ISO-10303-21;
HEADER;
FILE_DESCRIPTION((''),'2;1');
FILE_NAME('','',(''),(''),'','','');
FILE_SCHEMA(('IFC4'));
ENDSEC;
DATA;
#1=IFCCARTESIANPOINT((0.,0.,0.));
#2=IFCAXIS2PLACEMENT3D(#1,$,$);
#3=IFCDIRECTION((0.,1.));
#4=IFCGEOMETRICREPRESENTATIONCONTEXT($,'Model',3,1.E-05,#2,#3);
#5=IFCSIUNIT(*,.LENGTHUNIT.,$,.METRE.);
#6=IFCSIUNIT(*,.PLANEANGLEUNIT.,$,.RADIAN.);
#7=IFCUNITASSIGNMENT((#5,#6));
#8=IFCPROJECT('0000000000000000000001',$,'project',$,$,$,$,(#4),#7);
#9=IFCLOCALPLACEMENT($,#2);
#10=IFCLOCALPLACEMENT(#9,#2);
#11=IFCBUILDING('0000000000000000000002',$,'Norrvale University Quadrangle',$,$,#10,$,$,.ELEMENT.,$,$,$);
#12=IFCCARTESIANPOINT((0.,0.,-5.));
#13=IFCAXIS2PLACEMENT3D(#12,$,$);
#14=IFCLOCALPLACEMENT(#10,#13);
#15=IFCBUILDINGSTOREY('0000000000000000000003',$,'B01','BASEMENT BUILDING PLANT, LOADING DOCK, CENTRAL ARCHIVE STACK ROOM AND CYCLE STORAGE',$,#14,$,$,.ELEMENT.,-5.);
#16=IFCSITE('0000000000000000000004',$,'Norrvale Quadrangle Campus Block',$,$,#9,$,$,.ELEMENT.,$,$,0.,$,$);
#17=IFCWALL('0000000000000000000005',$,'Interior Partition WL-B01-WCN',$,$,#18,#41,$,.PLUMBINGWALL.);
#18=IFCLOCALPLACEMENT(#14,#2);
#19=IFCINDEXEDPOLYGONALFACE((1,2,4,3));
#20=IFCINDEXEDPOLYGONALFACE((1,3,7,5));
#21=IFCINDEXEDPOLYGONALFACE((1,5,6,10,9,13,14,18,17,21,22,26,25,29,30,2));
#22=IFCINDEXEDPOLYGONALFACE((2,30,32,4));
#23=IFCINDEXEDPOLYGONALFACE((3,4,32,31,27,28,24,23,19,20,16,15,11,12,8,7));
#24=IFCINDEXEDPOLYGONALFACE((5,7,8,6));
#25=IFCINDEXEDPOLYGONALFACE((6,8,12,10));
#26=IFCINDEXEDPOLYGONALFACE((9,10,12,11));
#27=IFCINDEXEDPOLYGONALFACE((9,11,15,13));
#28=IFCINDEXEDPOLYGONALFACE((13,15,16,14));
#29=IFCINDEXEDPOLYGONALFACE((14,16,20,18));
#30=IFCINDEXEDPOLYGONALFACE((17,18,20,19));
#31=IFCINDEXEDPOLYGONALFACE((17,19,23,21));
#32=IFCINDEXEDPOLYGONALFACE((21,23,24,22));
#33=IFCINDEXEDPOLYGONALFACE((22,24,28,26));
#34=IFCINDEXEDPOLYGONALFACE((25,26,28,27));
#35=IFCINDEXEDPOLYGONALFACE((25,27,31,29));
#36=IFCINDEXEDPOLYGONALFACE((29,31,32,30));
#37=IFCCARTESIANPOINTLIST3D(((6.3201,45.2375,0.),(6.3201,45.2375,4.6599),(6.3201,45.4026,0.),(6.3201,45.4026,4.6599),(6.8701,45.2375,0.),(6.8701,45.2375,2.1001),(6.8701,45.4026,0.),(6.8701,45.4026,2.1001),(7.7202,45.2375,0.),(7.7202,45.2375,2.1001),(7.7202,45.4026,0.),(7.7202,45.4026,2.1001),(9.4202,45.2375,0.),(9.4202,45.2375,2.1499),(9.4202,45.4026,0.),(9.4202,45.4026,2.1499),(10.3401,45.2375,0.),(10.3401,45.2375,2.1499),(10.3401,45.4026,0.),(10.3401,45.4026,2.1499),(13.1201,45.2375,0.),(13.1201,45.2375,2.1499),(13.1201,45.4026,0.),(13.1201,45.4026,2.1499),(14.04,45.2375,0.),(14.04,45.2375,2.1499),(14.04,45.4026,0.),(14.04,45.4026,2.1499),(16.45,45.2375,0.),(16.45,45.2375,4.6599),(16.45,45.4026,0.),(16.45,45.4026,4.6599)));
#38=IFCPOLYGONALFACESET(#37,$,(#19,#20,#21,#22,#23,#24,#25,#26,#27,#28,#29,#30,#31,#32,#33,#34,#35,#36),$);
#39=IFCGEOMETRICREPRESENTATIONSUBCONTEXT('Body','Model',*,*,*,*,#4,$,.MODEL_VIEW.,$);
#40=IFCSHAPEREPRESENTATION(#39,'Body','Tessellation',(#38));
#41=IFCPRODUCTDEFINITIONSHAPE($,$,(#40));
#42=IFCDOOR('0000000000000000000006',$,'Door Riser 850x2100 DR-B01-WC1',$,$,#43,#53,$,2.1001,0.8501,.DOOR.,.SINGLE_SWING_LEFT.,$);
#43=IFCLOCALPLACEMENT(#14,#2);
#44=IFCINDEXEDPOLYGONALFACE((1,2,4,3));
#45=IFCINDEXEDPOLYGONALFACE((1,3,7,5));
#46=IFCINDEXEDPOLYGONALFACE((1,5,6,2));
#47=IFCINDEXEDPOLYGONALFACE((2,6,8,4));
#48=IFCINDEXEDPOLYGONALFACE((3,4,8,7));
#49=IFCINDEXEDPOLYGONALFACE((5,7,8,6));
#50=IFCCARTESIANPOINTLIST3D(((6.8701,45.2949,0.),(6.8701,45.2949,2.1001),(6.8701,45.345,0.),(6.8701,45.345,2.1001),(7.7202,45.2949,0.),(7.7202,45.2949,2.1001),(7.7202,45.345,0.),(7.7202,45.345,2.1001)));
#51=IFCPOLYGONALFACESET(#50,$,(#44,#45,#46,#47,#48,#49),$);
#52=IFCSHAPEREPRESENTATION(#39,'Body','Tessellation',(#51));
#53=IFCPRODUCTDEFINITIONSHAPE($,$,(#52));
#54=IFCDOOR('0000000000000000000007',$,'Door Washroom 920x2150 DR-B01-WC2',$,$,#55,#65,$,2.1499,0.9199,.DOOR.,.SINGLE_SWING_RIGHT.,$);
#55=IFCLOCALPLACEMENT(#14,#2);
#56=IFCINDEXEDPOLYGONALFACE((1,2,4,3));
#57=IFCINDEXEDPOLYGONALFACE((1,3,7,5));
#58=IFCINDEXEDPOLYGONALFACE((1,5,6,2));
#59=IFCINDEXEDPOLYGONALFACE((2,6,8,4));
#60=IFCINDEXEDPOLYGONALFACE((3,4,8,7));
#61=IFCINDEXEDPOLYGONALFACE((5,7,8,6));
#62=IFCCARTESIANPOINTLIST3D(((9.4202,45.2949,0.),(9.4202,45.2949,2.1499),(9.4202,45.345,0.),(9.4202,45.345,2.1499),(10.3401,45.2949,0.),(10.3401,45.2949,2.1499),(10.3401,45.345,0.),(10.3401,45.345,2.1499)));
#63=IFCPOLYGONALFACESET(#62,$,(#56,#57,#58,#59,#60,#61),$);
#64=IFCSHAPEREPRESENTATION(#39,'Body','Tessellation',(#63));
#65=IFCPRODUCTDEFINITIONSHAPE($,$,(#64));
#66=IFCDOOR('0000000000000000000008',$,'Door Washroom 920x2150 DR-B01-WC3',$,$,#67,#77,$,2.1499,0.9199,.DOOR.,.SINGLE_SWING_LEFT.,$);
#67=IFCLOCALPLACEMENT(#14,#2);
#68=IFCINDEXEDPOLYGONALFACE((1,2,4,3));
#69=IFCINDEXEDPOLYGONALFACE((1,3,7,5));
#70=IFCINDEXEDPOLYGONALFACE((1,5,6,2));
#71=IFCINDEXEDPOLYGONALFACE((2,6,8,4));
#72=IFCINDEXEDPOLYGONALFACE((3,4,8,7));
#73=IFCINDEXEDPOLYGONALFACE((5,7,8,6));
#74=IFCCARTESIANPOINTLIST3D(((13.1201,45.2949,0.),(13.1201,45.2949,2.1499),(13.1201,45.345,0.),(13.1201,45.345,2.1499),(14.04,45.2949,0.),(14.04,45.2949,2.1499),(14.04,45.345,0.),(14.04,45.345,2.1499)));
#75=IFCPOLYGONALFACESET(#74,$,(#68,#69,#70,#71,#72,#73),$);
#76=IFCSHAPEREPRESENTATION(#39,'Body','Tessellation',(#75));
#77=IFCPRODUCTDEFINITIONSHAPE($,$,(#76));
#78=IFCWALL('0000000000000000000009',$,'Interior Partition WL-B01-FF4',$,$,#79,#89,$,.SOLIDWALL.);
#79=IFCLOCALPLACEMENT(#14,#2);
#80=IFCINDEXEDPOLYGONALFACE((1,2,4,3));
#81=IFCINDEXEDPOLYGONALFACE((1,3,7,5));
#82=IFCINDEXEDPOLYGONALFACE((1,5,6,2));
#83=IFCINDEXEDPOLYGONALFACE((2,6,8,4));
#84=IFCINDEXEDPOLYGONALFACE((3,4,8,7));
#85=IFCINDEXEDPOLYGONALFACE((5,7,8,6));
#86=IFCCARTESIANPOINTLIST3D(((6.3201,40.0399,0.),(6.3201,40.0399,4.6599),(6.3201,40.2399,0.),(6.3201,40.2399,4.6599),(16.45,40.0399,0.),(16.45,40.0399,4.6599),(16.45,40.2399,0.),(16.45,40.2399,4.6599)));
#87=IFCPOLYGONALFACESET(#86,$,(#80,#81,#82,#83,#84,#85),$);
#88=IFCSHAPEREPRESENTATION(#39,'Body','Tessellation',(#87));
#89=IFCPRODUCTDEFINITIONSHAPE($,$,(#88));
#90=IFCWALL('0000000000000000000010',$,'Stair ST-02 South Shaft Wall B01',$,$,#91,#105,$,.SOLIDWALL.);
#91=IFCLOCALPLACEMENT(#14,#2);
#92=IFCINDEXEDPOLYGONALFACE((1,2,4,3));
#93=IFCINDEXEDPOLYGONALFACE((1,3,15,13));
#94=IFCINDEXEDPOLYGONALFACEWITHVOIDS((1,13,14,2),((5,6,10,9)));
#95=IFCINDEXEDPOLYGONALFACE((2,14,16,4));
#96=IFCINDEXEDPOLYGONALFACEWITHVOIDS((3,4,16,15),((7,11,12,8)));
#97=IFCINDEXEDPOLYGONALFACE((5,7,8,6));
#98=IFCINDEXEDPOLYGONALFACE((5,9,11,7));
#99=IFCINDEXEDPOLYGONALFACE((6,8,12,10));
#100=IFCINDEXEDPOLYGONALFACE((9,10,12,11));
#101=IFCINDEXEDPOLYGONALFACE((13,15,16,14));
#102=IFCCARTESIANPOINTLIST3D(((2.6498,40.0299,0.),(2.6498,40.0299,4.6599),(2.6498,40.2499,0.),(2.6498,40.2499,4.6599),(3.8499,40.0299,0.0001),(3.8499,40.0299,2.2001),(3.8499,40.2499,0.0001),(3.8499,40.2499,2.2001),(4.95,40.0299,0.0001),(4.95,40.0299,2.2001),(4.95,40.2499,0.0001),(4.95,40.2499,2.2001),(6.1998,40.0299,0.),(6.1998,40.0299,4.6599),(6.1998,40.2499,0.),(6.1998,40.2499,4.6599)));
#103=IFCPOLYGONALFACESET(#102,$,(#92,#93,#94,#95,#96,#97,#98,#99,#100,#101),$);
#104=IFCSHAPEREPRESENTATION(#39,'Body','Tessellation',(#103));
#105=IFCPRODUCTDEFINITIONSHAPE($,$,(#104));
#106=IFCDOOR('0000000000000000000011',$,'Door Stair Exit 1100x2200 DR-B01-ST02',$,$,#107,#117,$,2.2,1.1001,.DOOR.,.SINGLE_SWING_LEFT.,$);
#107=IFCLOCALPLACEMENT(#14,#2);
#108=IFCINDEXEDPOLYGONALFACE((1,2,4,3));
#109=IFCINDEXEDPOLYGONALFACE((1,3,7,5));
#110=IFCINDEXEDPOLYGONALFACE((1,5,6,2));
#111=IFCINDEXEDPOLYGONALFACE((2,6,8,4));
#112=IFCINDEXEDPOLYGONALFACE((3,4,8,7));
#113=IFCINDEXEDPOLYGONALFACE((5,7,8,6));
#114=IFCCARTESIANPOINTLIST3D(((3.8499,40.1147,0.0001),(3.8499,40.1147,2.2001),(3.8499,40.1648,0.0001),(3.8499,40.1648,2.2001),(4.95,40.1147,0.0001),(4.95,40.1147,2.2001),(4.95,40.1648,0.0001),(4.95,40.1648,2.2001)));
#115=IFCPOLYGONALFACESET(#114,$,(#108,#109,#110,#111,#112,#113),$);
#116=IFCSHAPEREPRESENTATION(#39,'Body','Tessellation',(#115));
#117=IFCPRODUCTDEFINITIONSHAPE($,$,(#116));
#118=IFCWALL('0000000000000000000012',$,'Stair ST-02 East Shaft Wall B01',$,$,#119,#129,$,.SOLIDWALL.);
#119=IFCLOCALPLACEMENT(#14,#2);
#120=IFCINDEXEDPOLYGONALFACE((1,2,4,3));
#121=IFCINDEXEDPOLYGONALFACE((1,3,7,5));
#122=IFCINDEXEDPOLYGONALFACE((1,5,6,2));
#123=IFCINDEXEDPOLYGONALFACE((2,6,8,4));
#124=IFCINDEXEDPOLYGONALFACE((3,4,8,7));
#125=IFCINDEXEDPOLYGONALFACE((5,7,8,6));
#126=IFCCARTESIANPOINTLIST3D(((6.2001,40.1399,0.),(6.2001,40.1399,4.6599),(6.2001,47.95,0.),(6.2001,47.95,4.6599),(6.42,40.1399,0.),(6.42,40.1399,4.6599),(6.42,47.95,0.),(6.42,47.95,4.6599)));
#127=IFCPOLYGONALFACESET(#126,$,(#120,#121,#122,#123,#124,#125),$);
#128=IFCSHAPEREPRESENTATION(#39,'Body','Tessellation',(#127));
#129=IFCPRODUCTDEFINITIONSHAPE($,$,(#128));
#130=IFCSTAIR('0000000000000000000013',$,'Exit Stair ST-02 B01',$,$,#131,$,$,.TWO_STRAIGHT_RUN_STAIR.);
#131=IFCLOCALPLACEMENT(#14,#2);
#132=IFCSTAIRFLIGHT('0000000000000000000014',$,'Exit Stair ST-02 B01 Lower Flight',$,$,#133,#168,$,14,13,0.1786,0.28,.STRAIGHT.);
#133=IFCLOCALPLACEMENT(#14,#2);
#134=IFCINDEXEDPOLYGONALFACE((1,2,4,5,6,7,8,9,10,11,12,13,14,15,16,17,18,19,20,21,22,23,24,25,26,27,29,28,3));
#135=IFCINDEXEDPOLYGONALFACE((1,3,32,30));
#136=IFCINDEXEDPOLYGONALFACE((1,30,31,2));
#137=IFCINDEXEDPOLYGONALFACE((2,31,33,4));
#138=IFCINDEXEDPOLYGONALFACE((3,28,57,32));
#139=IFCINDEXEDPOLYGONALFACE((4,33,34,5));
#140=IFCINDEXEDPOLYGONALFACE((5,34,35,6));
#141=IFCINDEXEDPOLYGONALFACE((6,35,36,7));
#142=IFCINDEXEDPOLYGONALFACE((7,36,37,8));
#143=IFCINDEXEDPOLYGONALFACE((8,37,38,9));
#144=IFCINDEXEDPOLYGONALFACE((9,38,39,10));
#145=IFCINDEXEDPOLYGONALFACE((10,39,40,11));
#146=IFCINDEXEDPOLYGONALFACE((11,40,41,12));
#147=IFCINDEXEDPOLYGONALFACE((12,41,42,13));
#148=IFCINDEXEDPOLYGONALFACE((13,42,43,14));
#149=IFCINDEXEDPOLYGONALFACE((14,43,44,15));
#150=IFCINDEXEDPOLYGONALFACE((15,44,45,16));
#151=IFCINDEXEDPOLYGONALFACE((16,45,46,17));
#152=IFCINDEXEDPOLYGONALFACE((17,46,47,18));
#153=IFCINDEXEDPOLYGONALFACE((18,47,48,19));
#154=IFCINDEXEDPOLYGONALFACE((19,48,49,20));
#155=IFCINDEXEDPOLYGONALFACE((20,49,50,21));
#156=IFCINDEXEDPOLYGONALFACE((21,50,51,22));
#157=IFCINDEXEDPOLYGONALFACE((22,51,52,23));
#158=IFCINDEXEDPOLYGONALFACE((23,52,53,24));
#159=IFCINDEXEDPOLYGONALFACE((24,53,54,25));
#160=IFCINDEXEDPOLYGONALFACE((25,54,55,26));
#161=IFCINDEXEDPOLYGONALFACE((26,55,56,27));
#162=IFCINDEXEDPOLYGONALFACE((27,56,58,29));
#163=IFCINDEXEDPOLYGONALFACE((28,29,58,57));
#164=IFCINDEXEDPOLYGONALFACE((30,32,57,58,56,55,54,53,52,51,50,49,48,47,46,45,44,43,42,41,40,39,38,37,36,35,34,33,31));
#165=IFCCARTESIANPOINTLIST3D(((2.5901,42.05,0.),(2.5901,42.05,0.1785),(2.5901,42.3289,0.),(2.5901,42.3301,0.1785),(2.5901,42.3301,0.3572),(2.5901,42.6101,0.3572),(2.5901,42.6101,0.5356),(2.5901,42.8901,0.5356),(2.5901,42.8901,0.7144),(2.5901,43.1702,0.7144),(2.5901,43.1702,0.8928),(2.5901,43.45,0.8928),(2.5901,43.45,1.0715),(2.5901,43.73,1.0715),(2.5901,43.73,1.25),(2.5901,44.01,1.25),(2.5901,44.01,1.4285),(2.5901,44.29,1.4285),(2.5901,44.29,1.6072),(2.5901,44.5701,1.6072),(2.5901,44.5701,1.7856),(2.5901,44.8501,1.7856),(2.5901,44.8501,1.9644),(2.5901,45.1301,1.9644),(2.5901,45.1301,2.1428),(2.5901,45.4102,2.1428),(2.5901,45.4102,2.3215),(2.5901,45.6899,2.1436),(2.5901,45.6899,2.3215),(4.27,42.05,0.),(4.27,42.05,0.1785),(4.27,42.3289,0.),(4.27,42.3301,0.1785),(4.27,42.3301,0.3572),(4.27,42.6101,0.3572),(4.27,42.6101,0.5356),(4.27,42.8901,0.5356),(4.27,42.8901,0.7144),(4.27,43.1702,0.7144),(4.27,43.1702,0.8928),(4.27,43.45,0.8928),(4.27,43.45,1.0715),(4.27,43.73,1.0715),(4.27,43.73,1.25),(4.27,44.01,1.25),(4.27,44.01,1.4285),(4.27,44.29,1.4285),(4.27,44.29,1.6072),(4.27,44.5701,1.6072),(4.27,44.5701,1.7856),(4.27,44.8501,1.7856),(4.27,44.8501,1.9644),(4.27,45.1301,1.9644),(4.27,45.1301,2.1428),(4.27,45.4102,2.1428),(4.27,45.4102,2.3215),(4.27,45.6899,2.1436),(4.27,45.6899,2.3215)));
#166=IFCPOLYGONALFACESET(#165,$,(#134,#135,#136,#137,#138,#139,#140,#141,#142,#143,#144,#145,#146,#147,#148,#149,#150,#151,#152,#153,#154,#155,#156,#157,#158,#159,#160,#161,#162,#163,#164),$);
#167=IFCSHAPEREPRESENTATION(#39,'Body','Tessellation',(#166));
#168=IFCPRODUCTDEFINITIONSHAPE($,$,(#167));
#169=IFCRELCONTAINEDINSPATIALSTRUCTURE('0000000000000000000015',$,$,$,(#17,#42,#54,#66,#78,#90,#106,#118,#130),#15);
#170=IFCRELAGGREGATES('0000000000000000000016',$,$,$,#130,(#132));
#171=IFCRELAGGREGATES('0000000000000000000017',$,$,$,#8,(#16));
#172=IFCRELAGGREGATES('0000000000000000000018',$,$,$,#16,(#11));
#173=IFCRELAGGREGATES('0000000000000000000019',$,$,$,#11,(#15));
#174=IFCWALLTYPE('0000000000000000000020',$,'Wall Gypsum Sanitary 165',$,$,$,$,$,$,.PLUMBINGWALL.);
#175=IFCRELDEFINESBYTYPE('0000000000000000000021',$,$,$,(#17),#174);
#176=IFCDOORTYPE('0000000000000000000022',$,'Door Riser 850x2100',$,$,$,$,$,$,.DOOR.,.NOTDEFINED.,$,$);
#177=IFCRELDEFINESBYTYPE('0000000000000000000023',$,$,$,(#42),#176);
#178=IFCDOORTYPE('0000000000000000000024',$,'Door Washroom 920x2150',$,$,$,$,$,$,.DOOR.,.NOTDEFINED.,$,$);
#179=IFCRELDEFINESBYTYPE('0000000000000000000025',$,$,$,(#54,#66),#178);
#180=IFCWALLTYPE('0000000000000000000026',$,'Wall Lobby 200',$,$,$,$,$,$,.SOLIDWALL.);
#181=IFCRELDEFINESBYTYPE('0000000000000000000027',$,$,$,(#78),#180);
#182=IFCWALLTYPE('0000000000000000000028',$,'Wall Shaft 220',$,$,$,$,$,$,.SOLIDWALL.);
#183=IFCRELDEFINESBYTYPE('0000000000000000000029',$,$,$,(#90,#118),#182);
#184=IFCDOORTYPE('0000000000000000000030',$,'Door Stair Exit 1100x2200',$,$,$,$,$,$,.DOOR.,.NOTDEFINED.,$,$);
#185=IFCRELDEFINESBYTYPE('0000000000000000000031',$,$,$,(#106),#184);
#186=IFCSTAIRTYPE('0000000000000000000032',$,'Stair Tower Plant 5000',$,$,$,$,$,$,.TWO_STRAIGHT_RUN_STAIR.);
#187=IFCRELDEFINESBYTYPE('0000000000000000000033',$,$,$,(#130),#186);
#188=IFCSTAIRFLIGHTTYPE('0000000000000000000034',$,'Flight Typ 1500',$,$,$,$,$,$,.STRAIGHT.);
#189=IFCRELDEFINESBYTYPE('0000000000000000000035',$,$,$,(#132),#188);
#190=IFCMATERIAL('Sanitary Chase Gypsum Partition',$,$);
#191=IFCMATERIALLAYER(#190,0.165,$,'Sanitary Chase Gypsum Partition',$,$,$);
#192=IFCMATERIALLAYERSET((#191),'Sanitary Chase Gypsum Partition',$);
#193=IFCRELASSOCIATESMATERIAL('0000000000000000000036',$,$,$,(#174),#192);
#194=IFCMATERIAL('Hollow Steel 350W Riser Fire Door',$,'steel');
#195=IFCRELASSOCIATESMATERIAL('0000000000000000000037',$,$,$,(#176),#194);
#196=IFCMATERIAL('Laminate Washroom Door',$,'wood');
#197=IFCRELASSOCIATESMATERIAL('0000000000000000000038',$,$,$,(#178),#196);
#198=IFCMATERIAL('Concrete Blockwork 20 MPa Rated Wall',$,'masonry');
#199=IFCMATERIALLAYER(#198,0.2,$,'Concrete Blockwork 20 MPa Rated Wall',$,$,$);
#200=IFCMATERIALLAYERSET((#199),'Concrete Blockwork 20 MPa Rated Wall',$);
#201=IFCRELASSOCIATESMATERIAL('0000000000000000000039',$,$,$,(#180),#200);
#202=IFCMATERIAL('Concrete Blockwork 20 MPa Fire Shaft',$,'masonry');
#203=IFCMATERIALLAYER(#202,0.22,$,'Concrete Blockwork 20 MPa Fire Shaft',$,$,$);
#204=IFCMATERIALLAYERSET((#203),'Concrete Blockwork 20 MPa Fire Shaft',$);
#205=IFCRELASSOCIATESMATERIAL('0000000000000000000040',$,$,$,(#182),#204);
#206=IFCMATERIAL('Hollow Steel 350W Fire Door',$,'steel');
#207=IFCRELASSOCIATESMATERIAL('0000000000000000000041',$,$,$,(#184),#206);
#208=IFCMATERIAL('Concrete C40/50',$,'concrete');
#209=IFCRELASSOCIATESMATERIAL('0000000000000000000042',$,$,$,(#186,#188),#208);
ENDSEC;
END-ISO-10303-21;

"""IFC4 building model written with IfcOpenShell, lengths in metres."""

from ifc_helpers import new_model, si_unit, direction, frame, frame_2d, origin, place, context, subcontext, project, spatial, polyline, rectangle, outline, extrude, material, layer, layer_set, type_object, element, fill, aggregate, save


model = new_model("IFC4")

# Units and contexts
model_context = context("Model", 3, precision=1e-05, world=origin(), true_north=direction((0.0, 1.0)))
body_context = subcontext(model_context, "Body", "Model", "MODEL_VIEW")
ifc_project = project(units=[si_unit("LENGTHUNIT", "METRE"), si_unit("PLANEANGLEUNIT", "RADIAN")], contexts=[model_context])

# Site, building, storey
site_placement = place(None, origin())
site = spatial("IfcSite", under=ifc_project, at=site_placement, Name="Norrvale Quadrangle Campus Block", CompositionType="ELEMENT", RefElevation=0.0)
building_placement = place(site_placement, origin())
building = spatial("IfcBuilding", under=site, at=building_placement, Name="Norrvale University Quadrangle", CompositionType="ELEMENT")
storey_placement = place(building_placement, frame((0.0, 0.0, -5.0)))
storey = spatial("IfcBuildingStorey", under=building, at=storey_placement, Name="B01", Description="BASEMENT BUILDING PLANT, LOADING DOCK, CENTRAL ARCHIVE STACK ROOM AND CYCLE STORAGE", CompositionType="ELEMENT", Elevation=-5.0)

# Wall, openings, doors
ifc_material_1 = material(Name="Sanitary Chase Gypsum Partition")
ifc_layer_1 = layer(ifc_material_1, 0.165, Name="Sanitary Chase Gypsum Partition")
ifc_layer_set_1 = layer_set([ifc_layer_1], Name="Sanitary Chase Gypsum Partition")
wall_type_1 = type_object("IfcWallType", Name="Wall Gypsum Sanitary 165", PredefinedType="PLUMBINGWALL", material=ifc_layer_set_1)
wall_1_placement = place(storey_placement, frame((6.3201, 45.3201, 0.0), z_axis=(0.0, 0.0, 1.0), x_axis=(1.0, 0.0, 0.0)))
wall_1 = element("IfcWall", 1, at=wall_1_placement, inside=storey, type_object=wall_type_1, Name="Interior Partition WL-B01-WCN", PredefinedType="PLUMBINGWALL", context=body_context, shape_type="SweptSolid", body=[
    extrude(rectangle(XDim=10.1299, YDim=0.165, at=frame_2d((5.0649, 0.0))), origin(), (0.0, 0.0, 1.0), 4.6599),
])
opening_1_placement = place(wall_1_placement, frame((0.55, 0.0, 0.0)))
opening_1 = element("IfcOpeningElement", 2, at=opening_1_placement, cuts=wall_1, PredefinedType="OPENING", context=body_context, shape_type="SweptSolid", body=[
    extrude(rectangle(XDim=0.8501, YDim=2.1001, at=frame_2d((0.425, 1.05))), frame((0.0, 0.0945, 0.0), z_axis=(0.0, -1.0, 0.0), x_axis=(1.0, 0.0, 0.0)), (0.0, 0.0, 1.0), 0.189),
])
opening_2_placement = place(wall_1_placement, frame((3.1001, 0.0, 0.0)))
opening_2 = element("IfcOpeningElement", 3, at=opening_2_placement, cuts=wall_1, PredefinedType="OPENING", context=body_context, shape_type="SweptSolid", body=[
    extrude(rectangle(XDim=0.9199, YDim=2.1499, at=frame_2d((0.46, 1.075))), frame((0.0, 0.0945, 0.0), z_axis=(0.0, -1.0, 0.0), x_axis=(1.0, 0.0, 0.0)), (0.0, 0.0, 1.0), 0.189),
])
opening_3_placement = place(wall_1_placement, frame((6.8, 0.0, 0.0)))
opening_3 = element("IfcOpeningElement", 4, at=opening_3_placement, cuts=wall_1, PredefinedType="OPENING", context=body_context, shape_type="SweptSolid", body=[
    extrude(rectangle(XDim=0.9199, YDim=2.1499, at=frame_2d((0.46, 1.075))), frame((0.0, 0.0945, 0.0), z_axis=(0.0, -1.0, 0.0), x_axis=(1.0, 0.0, 0.0)), (0.0, 0.0, 1.0), 0.189),
])
ifc_material_2 = material(Name="Hollow Steel 350W Riser Fire Door", Category="steel")
door_type_1 = type_object("IfcDoorType", Name="Door Riser 850x2100", OperationType="NOTDEFINED", PredefinedType="DOOR", material=ifc_material_2)
door_1_placement = place(opening_1_placement, origin())
door_1 = element("IfcDoor", 5, at=door_1_placement, inside=storey, type_object=door_type_1, Name="Door Riser 850x2100 DR-B01-WC1", OperationType="SINGLE_SWING_LEFT", OverallHeight=2.1001, OverallWidth=0.8501, PredefinedType="DOOR", context=body_context, shape_type="SweptSolid", body=[
    extrude(rectangle(XDim=0.8501, YDim=2.1001, at=frame_2d((0.425, 1.05))), frame((0.0, 0.0249, 0.0), z_axis=(0.0, -1.0, 0.0), x_axis=(1.0, 0.0, 0.0)), (0.0, 0.0, 1.0), 0.05),
])
fill(opening_1, door_1)
ifc_material_3 = material(Name="Laminate Washroom Door", Category="wood")
door_type_2 = type_object("IfcDoorType", Name="Door Washroom 920x2150", OperationType="NOTDEFINED", PredefinedType="DOOR", material=ifc_material_3)
door_2_placement = place(opening_2_placement, origin())
door_2 = element("IfcDoor", 6, at=door_2_placement, inside=storey, type_object=door_type_2, Name="Door Washroom 920x2150 DR-B01-WC2", OperationType="SINGLE_SWING_RIGHT", OverallHeight=2.1499, OverallWidth=0.9199, PredefinedType="DOOR", context=body_context, shape_type="SweptSolid", body=[
    extrude(rectangle(XDim=0.9199, YDim=2.1499, at=frame_2d((0.46, 1.075))), frame((0.0, 0.0249, 0.0), z_axis=(0.0, -1.0, 0.0), x_axis=(1.0, 0.0, 0.0)), (0.0, 0.0, 1.0), 0.05),
])
fill(opening_2, door_2)
door_3_placement = place(opening_3_placement, origin())
door_3 = element("IfcDoor", 7, at=door_3_placement, inside=storey, type_object=door_type_2, Name="Door Washroom 920x2150 DR-B01-WC3", OperationType="SINGLE_SWING_LEFT", OverallHeight=2.1499, OverallWidth=0.9199, PredefinedType="DOOR", context=body_context, shape_type="SweptSolid", body=[
    extrude(rectangle(XDim=0.9199, YDim=2.1499, at=frame_2d((0.46, 1.075))), frame((0.0, 0.0249, 0.0), z_axis=(0.0, -1.0, 0.0), x_axis=(1.0, 0.0, 0.0)), (0.0, 0.0, 1.0), 0.05),
])
fill(opening_3, door_3)

# Wall
ifc_material_4 = material(Name="Concrete Blockwork 20 MPa Rated Wall", Category="masonry")
ifc_layer_2 = layer(ifc_material_4, 0.2, Name="Concrete Blockwork 20 MPa Rated Wall")
ifc_layer_set_2 = layer_set([ifc_layer_2], Name="Concrete Blockwork 20 MPa Rated Wall")
wall_type_2 = type_object("IfcWallType", Name="Wall Lobby 200", PredefinedType="SOLIDWALL", material=ifc_layer_set_2)
wall_2_placement = place(storey_placement, frame((6.3201, 40.1399, 0.0), z_axis=(0.0, 0.0, 1.0), x_axis=(1.0, 0.0, 0.0)))
element("IfcWall", 8, at=wall_2_placement, inside=storey, type_object=wall_type_2, Name="Interior Partition WL-B01-FF4", PredefinedType="SOLIDWALL", context=body_context, shape_type="SweptSolid", body=[
    extrude(rectangle(XDim=10.1299, YDim=0.2, at=frame_2d((5.0649, 0.0))), origin(), (0.0, 0.0, 1.0), 4.6599),
])

# Wall, opening, door
ifc_material_5 = material(Name="Concrete Blockwork 20 MPa Fire Shaft", Category="masonry")
ifc_layer_3 = layer(ifc_material_5, 0.22, Name="Concrete Blockwork 20 MPa Fire Shaft")
ifc_layer_set_3 = layer_set([ifc_layer_3], Name="Concrete Blockwork 20 MPa Fire Shaft")
wall_type_3 = type_object("IfcWallType", Name="Wall Shaft 220", PredefinedType="SOLIDWALL", material=ifc_layer_set_3)
wall_3_placement = place(storey_placement, frame((2.6499, 40.1399, 0.0), z_axis=(0.0, 0.0, 1.0), x_axis=(1.0, 0.0, 0.0)))
wall_3 = element("IfcWall", 9, at=wall_3_placement, inside=storey, type_object=wall_type_3, Name="Stair ST-02 South Shaft Wall B01", PredefinedType="SOLIDWALL", context=body_context, shape_type="SweptSolid", body=[
    extrude(rectangle(XDim=3.55, YDim=0.22, at=frame_2d((1.7749, 0.0))), origin(), (0.0, 0.0, 1.0), 4.6599),
])
opening_4_placement = place(wall_3_placement, frame((1.2, 0.0, 0.0)))
opening_4 = element("IfcOpeningElement", 10, at=opening_4_placement, cuts=wall_3, PredefinedType="OPENING", context=body_context, shape_type="SweptSolid", body=[
    extrude(rectangle(XDim=1.1001, YDim=2.2, at=frame_2d((0.55, 1.1001))), frame((0.0, 0.1221, 0.0), z_axis=(0.0, -1.0, 0.0), x_axis=(1.0, 0.0, 0.0)), (0.0, 0.0, 1.0), 0.2439),
])
ifc_material_6 = material(Name="Hollow Steel 350W Fire Door", Category="steel")
door_type_3 = type_object("IfcDoorType", Name="Door Stair Exit 1100x2200", OperationType="NOTDEFINED", PredefinedType="DOOR", material=ifc_material_6)
door_4_placement = place(opening_4_placement, origin())
door_4 = element("IfcDoor", 11, at=door_4_placement, inside=storey, type_object=door_type_3, Name="Door Stair Exit 1100x2200 DR-B01-ST02", OperationType="SINGLE_SWING_LEFT", OverallHeight=2.2, OverallWidth=1.1001, PredefinedType="DOOR", context=body_context, shape_type="SweptSolid", body=[
    extrude(rectangle(XDim=1.1001, YDim=2.2, at=frame_2d((0.55, 1.1001))), frame((0.0, 0.0249, 0.0), z_axis=(0.0, -1.0, 0.0), x_axis=(1.0, 0.0, 0.0)), (0.0, 0.0, 1.0), 0.05),
])
fill(opening_4, door_4)

# Wall
wall_4_placement = place(storey_placement, frame((6.3101, 40.1399, 0.0), z_axis=(0.0, 0.0, 1.0), x_axis=(0.0, 1.0, 0.0)))
element("IfcWall", 12, at=wall_4_placement, inside=storey, type_object=wall_type_3, Name="Stair ST-02 East Shaft Wall B01", PredefinedType="SOLIDWALL", context=body_context, shape_type="SweptSolid", body=[
    extrude(rectangle(XDim=7.8101, YDim=0.22, at=frame_2d((3.905, 0.0))), origin(), (0.0, 0.0, 1.0), 4.6599),
])

# Stair, stair flight
ifc_material_7 = material(Name="Concrete C40/50", Category="concrete")
stair_type = type_object("IfcStairType", Name="Stair Tower Plant 5000", PredefinedType="TWO_STRAIGHT_RUN_STAIR", material=ifc_material_7)
stair_placement = place(storey_placement, origin())
stair = element("IfcStair", 13, at=stair_placement, inside=storey, type_object=stair_type, Name="Exit Stair ST-02 B01", PredefinedType="TWO_STRAIGHT_RUN_STAIR")
stair_flight_type = type_object("IfcStairFlightType", Name="Flight Typ 1500", PredefinedType="STRAIGHT", material=ifc_material_7)
stair_flight_1_placement = place(storey_placement, frame((3.4299, 42.05, 0.0), z_axis=(0.0, 0.0, 1.0), x_axis=(0.0, 1.0, 0.0)))
stair_flight_1 = element("IfcStairFlight", 14, at=stair_flight_1_placement, type_object=stair_flight_type, Name="Exit Stair ST-02 B01 Lower Flight", NumberOfRisers=14, NumberOfTreads=13, PredefinedType="STRAIGHT", RiserHeight=0.1786, TreadLength=0.28, context=body_context, shape_type="SweptSolid", body=[
    extrude(outline(polyline([(0.0, 0.0), (0.0, 0.1785), (0.28, 0.1785), (0.28, 0.3572), (0.5601, 0.3572), (0.5601, 0.5356), (0.8401, 0.5356), (0.8401, 0.7144), (1.1201, 0.7144), (1.1201, 0.8928), (1.3999, 0.8928), (1.3999, 1.0715), (1.6799, 1.0715), (1.6799, 1.25), (1.96, 1.25), (1.96, 1.4285), (2.24, 1.4285), (2.24, 1.6072), (2.52, 1.6072), (2.52, 1.7856), (2.8, 1.7856), (2.8, 1.9644), (3.0801, 1.9644), (3.0801, 2.1428), (3.3601, 2.1428), (3.3601, 2.3215), (3.6399, 2.3215), (3.6399, 2.5), (3.6399, 2.1436), (0.2788, 0.0), (0.0, 0.0)])), frame((0.0, 0.8398, 0.0), z_axis=(0.0, -1.0, 0.0), x_axis=(1.0, 0.0, 0.0)), (0.0, 0.0, 1.0), 1.6799),
])
aggregate(stair, [stair_flight_1])

save(model, "model.ifc")
